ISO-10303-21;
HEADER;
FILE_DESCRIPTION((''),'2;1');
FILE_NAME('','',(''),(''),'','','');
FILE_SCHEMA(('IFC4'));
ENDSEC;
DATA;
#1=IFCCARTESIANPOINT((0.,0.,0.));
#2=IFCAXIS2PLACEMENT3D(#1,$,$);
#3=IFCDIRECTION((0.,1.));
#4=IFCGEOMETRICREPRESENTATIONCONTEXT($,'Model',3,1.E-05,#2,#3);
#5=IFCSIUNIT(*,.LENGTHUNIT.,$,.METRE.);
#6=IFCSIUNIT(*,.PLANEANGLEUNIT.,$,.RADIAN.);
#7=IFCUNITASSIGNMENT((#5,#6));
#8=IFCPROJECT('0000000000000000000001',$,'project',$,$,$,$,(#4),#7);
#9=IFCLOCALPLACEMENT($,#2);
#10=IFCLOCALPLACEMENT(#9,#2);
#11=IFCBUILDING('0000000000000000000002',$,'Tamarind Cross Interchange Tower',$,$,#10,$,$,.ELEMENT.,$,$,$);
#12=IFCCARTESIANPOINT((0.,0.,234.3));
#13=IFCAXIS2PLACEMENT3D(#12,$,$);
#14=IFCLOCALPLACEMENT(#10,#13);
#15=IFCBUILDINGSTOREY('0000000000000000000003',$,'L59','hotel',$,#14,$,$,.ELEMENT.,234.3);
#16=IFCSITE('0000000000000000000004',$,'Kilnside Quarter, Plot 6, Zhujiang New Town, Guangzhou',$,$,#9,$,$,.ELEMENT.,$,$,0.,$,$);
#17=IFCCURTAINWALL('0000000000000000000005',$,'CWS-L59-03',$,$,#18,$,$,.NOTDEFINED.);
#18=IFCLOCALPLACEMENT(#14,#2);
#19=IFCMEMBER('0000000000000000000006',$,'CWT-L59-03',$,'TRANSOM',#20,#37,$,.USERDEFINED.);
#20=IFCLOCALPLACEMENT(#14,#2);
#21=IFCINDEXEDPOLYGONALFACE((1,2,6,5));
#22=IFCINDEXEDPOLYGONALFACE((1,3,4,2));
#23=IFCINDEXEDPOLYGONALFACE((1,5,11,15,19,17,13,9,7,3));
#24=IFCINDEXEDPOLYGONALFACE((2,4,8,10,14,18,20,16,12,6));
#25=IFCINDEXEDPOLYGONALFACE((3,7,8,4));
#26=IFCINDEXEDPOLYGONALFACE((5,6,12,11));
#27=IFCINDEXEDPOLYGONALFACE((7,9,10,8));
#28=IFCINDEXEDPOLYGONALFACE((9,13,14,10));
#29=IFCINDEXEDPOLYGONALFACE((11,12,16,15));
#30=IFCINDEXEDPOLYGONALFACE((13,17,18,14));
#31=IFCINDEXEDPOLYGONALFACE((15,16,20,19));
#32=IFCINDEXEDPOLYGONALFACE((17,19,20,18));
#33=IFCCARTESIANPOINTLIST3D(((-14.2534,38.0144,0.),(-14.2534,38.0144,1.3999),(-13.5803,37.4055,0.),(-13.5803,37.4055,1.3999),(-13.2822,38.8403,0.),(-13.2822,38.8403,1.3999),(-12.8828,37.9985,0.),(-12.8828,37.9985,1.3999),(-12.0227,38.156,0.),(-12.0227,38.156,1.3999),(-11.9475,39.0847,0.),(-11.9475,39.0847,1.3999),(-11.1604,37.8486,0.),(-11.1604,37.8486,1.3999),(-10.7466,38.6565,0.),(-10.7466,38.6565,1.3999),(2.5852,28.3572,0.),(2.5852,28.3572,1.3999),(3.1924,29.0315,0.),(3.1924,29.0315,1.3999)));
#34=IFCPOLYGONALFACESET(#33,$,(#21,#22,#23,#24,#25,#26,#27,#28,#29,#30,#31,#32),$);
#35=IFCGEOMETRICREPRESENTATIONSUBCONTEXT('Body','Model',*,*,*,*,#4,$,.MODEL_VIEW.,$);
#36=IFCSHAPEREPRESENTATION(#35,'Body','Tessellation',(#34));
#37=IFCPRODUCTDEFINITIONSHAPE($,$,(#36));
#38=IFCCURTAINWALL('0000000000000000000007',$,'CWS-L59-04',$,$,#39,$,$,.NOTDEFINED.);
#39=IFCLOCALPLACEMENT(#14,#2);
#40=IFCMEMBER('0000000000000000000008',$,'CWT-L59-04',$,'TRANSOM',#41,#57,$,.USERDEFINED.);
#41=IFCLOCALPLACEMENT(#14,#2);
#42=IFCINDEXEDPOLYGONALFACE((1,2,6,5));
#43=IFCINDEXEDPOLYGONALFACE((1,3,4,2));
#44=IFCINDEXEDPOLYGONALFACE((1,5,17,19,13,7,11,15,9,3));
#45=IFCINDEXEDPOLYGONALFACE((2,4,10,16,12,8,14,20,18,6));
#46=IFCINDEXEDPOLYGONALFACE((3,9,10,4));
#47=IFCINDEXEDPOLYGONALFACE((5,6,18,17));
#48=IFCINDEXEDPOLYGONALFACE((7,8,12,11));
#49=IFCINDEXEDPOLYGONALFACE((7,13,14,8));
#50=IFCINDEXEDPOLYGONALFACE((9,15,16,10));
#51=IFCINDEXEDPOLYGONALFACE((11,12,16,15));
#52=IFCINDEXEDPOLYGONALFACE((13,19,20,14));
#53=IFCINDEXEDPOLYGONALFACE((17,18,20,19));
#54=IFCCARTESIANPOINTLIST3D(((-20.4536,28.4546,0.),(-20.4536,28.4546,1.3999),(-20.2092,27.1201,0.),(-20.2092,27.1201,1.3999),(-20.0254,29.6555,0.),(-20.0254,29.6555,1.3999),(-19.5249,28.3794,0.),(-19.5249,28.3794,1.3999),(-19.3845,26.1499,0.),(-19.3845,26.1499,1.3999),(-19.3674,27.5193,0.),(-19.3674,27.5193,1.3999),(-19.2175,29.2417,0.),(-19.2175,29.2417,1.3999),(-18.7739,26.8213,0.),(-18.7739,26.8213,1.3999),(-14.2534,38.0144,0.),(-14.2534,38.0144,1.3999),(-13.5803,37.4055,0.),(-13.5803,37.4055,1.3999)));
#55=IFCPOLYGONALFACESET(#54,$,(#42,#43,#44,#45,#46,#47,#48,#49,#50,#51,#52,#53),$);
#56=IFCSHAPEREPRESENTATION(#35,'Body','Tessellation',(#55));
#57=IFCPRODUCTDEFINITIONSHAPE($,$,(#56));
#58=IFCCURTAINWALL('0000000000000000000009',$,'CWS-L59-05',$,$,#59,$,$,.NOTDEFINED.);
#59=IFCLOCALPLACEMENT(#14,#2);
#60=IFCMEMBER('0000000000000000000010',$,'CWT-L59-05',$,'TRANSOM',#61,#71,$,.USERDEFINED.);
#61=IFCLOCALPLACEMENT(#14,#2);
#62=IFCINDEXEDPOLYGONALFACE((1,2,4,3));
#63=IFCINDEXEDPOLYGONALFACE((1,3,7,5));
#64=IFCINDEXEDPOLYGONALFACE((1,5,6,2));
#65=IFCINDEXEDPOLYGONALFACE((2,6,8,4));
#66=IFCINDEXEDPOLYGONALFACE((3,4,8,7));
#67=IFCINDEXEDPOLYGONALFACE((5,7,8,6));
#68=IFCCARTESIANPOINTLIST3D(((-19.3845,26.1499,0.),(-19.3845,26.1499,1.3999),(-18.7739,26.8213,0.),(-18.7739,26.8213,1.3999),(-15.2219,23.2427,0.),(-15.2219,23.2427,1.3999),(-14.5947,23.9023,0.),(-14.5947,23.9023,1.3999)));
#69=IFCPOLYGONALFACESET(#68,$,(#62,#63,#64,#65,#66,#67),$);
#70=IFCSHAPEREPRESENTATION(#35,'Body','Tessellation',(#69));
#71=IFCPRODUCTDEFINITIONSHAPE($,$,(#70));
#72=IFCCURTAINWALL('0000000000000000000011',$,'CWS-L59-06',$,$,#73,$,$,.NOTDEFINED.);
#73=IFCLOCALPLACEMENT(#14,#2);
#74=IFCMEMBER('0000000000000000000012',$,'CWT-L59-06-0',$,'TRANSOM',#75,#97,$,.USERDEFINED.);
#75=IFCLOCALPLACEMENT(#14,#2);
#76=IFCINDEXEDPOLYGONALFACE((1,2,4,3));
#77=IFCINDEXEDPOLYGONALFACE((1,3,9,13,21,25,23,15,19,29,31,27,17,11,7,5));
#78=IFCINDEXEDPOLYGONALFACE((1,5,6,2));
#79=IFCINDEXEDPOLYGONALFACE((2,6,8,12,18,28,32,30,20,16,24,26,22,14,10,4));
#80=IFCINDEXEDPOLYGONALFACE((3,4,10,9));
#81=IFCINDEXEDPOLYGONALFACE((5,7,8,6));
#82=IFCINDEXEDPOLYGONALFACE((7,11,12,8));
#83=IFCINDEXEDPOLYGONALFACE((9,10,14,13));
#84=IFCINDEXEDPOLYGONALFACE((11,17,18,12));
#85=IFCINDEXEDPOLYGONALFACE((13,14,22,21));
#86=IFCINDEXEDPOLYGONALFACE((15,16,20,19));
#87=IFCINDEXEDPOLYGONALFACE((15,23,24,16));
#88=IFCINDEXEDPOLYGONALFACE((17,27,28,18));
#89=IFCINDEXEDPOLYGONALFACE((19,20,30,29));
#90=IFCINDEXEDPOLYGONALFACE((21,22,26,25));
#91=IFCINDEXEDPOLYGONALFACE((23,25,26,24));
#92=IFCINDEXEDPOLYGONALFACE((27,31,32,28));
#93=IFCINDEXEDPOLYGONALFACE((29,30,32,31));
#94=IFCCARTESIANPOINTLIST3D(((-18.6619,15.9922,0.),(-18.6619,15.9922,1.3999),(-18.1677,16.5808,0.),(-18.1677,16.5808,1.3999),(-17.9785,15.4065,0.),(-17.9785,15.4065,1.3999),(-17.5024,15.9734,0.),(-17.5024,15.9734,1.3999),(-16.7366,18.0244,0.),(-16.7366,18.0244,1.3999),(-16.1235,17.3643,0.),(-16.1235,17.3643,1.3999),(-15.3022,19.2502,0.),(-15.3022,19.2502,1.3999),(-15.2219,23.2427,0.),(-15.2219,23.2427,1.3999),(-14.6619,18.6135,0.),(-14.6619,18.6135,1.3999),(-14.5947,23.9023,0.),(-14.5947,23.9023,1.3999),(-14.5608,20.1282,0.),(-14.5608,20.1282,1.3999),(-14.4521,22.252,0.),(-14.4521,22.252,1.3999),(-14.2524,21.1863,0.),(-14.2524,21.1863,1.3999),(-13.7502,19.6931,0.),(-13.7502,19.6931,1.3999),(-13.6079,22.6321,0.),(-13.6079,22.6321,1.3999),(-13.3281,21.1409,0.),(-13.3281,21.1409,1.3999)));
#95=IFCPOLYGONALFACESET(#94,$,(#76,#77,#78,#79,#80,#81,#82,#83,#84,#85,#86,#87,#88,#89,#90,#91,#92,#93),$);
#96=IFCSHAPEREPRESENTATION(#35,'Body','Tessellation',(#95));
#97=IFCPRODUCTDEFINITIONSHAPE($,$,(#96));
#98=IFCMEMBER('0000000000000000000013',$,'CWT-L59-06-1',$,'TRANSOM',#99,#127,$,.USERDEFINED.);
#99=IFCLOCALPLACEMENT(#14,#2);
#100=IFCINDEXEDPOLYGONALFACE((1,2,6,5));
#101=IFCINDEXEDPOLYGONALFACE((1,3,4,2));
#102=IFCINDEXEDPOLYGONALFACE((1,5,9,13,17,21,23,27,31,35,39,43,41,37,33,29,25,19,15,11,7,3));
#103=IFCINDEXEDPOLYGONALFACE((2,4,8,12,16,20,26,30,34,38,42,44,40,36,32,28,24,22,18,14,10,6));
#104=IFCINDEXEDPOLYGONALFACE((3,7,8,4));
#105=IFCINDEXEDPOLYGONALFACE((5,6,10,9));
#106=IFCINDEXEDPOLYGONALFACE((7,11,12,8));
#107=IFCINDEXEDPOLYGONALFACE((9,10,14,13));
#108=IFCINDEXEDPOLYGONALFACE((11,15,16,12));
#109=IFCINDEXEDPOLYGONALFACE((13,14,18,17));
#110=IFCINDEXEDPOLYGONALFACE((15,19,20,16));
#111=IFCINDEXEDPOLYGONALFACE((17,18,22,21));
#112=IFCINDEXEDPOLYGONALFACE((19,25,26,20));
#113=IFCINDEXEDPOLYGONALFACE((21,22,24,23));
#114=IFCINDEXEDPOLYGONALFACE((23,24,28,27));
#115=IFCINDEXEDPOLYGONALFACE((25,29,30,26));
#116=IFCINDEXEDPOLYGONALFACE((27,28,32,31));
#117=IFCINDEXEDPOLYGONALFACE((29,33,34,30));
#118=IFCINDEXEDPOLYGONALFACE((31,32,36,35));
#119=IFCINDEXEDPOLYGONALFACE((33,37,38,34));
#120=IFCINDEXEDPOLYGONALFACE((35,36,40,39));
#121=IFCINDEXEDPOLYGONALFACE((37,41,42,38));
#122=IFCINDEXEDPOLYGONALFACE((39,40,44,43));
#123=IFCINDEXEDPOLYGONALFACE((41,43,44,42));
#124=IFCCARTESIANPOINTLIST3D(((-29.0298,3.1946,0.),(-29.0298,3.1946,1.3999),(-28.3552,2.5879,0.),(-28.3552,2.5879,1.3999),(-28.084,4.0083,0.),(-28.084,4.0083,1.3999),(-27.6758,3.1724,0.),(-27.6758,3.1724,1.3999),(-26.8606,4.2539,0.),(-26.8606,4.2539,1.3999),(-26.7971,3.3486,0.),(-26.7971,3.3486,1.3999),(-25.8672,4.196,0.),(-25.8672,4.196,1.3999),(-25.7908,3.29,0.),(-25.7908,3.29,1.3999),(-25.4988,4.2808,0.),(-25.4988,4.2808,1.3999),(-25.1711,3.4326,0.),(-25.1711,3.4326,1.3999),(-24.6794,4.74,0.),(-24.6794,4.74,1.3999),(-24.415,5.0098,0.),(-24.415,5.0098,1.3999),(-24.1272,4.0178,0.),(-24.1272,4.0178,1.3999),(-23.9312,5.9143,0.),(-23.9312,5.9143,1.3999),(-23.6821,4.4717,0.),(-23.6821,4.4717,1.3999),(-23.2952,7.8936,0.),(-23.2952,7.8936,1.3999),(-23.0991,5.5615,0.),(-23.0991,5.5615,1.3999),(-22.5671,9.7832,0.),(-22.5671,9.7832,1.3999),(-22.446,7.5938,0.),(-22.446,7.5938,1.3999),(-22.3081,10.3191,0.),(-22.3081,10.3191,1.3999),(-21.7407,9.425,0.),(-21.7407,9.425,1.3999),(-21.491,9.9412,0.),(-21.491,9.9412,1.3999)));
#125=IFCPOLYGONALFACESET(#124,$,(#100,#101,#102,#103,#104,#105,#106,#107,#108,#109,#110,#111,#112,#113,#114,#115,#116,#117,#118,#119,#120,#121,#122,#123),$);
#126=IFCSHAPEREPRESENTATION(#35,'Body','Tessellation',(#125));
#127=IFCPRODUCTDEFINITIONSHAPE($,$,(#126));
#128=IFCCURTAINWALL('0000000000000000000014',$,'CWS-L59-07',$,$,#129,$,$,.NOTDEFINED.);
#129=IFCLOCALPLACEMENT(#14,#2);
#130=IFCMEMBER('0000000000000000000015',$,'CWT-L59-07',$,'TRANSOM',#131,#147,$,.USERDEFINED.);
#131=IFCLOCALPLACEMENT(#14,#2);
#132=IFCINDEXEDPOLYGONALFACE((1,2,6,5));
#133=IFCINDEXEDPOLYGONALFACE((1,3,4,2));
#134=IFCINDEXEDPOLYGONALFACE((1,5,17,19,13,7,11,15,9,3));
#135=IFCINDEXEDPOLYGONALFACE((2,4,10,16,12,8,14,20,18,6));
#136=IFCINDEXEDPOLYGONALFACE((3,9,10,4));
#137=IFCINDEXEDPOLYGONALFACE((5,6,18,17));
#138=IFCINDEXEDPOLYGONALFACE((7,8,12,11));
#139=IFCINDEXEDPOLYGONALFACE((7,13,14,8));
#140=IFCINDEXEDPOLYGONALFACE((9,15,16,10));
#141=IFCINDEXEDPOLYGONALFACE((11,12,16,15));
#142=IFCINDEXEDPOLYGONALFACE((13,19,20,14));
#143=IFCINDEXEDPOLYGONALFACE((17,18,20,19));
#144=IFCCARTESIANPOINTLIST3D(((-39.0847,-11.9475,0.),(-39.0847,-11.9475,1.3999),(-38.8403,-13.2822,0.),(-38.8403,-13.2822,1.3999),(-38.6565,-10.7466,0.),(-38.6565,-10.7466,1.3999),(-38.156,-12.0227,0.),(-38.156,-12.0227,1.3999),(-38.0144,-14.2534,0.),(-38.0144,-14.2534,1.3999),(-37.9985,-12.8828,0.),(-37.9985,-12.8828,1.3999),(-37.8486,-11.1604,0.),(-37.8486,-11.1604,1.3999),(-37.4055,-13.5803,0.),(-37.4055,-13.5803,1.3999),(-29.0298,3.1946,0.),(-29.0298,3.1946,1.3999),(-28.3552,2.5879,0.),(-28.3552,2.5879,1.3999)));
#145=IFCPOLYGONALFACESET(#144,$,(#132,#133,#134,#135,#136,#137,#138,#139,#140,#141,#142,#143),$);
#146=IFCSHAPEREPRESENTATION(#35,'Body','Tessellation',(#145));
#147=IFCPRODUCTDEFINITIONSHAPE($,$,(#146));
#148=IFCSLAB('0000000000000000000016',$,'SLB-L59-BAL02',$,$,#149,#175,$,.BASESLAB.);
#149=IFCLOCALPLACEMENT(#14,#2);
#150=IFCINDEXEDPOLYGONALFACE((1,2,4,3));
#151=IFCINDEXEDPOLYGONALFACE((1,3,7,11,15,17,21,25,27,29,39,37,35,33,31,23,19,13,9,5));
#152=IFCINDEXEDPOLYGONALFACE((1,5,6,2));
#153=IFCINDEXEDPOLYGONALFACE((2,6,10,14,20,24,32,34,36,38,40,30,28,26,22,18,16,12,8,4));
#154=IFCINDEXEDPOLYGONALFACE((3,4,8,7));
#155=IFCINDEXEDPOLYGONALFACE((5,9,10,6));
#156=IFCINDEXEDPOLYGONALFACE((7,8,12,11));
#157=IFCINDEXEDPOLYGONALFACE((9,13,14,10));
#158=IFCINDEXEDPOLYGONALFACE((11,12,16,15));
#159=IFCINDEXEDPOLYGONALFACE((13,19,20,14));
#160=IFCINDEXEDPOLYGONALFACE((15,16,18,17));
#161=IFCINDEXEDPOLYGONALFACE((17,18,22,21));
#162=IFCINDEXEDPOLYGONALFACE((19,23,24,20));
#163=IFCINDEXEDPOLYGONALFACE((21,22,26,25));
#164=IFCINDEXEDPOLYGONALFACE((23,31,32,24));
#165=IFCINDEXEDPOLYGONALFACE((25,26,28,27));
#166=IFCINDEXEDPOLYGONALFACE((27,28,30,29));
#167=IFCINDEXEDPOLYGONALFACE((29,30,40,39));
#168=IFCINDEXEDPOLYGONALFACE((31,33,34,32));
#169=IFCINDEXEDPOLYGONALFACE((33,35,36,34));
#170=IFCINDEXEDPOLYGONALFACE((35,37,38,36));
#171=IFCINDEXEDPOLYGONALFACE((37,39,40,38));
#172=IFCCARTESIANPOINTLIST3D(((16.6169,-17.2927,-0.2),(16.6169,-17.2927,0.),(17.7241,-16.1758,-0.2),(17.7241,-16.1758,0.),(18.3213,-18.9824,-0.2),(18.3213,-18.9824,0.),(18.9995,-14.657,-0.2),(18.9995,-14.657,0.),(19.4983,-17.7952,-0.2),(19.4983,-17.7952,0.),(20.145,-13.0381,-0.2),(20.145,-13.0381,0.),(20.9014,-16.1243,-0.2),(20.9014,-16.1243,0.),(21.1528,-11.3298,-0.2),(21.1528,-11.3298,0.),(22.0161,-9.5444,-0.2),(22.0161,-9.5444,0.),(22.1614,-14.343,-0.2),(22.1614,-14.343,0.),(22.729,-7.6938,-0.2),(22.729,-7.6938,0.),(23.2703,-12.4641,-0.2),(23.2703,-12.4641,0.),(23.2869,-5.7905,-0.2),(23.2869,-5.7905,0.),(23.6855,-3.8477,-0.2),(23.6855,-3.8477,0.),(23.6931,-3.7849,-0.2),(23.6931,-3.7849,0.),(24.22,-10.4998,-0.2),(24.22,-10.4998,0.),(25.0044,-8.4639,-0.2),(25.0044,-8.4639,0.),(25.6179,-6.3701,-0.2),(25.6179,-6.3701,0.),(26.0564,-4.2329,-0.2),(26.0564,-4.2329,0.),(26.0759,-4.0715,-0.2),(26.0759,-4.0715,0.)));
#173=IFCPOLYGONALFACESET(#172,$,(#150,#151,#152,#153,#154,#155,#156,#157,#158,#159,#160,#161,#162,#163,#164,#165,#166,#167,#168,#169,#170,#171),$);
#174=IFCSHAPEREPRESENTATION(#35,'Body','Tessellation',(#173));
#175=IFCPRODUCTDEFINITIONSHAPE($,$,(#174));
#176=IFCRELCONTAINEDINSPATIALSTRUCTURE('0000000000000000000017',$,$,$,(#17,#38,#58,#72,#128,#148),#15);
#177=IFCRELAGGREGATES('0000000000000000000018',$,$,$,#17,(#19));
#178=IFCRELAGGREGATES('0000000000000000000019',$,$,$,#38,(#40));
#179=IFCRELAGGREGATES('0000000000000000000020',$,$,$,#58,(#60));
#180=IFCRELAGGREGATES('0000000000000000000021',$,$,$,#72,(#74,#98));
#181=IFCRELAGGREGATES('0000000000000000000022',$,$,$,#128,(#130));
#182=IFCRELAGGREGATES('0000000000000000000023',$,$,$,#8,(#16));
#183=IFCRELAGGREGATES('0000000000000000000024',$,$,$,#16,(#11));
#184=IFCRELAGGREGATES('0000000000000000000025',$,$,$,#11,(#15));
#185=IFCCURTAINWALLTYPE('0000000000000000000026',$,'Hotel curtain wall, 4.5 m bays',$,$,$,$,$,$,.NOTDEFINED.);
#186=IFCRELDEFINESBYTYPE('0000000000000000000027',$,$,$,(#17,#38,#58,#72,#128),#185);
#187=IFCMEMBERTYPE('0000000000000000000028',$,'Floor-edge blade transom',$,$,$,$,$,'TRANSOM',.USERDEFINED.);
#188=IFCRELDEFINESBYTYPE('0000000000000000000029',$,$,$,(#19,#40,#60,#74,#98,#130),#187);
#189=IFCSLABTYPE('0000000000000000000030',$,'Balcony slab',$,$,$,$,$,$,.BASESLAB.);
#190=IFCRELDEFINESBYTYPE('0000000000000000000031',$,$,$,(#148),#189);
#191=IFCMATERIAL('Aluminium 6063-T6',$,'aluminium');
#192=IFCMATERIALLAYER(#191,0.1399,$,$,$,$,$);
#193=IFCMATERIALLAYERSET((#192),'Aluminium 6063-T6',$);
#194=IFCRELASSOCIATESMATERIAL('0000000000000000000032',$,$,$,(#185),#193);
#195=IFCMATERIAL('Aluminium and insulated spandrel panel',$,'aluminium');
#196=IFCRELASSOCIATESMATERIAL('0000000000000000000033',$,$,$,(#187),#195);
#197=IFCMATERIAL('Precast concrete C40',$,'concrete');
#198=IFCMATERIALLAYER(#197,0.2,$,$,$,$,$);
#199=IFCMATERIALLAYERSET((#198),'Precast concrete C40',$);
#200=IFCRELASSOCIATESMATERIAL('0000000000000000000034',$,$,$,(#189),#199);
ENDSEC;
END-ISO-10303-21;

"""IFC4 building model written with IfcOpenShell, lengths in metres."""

from ifc_helpers import new_model, si_unit, direction, frame, origin, place, context, subcontext, project, spatial, polyline, outline, extrude, material, layer, layer_set, type_object, element, aggregate, save


model = new_model("IFC4")

# Units and contexts
model_context = context("Model", 3, precision=1e-05, world=origin(), true_north=direction((0.0, 1.0)))
body_context = subcontext(model_context, "Body", "Model", "MODEL_VIEW")
ifc_project = project(units=[si_unit("LENGTHUNIT", "METRE"), si_unit("PLANEANGLEUNIT", "RADIAN")], contexts=[model_context])

# Site, building, storey
site_placement = place(None, origin())
site = spatial("IfcSite", under=ifc_project, at=site_placement, Name="Kilnside Quarter, Plot 6, Zhujiang New Town, Guangzhou", CompositionType="ELEMENT", RefElevation=0.0)
building_placement = place(site_placement, origin())
building = spatial("IfcBuilding", under=site, at=building_placement, Name="Tamarind Cross Interchange Tower", CompositionType="ELEMENT")
storey_placement = place(building_placement, frame((0.0, 0.0, 234.3)))
storey = spatial("IfcBuildingStorey", under=building, at=storey_placement, Name="L59", Description="hotel", CompositionType="ELEMENT", Elevation=234.3)

# Curtain walls, members
ifc_material_1 = material(Name="Aluminium 6063-T6", Category="aluminium")
ifc_layer_1 = layer(ifc_material_1, 0.1399)
ifc_layer_set_1 = layer_set([ifc_layer_1], Name="Aluminium 6063-T6")
curtain_wall_type = type_object("IfcCurtainWallType", Name="Hotel curtain wall, 4.5 m bays", PredefinedType="NOTDEFINED", material=ifc_layer_set_1)
curtain_wall_1_placement = place(storey_placement, origin())
curtain_wall_1 = element("IfcCurtainWall", 1, at=curtain_wall_1_placement, inside=storey, type_object=curtain_wall_type, Name="CWS-L59-03", PredefinedType="NOTDEFINED")
ifc_material_2 = material(Name="Aluminium and insulated spandrel panel", Category="aluminium")
member_type = type_object("IfcMemberType", Name="Floor-edge blade transom", ElementType="TRANSOM", PredefinedType="USERDEFINED", material=ifc_material_2)
member_1_placement = place(storey_placement, origin())
member_1 = element("IfcMember", 2, at=member_1_placement, type_object=member_type, Name="CWT-L59-03", ObjectType="TRANSOM", PredefinedType="USERDEFINED", context=body_context, shape_type="SweptSolid", body=[
    extrude(outline(polyline([(2.5852, 28.3572), (-11.1604, 37.8486), (-12.0227, 38.156), (-12.8828, 37.9985), (-13.5803, 37.4055), (-14.2534, 38.0144), (-13.2822, 38.8403), (-11.9475, 39.0847), (-10.7466, 38.6565), (3.1924, 29.0315), (2.5852, 28.3572)])), origin(), (0.0, 0.0, 1.0), 1.3999),
])
aggregate(curtain_wall_1, [member_1])
curtain_wall_2_placement = place(storey_placement, origin())
curtain_wall_2 = element("IfcCurtainWall", 3, at=curtain_wall_2_placement, inside=storey, type_object=curtain_wall_type, Name="CWS-L59-04", PredefinedType="NOTDEFINED")
member_2_placement = place(storey_placement, origin())
member_2 = element("IfcMember", 4, at=member_2_placement, type_object=member_type, Name="CWT-L59-04", ObjectType="TRANSOM", PredefinedType="USERDEFINED", context=body_context, shape_type="SweptSolid", body=[
    extrude(outline(polyline([(-13.5803, 37.4055), (-19.2175, 29.2417), (-19.5249, 28.3794), (-19.3674, 27.5193), (-18.7739, 26.8213), (-19.3845, 26.1499), (-20.2092, 27.1201), (-20.4536, 28.4546), (-20.0254, 29.6555), (-14.2534, 38.0144), (-13.5803, 37.4055)])), origin(), (0.0, 0.0, 1.0), 1.3999),
])
aggregate(curtain_wall_2, [member_2])
curtain_wall_3_placement = place(storey_placement, origin())
curtain_wall_3 = element("IfcCurtainWall", 5, at=curtain_wall_3_placement, inside=storey, type_object=curtain_wall_type, Name="CWS-L59-05", PredefinedType="NOTDEFINED")
member_3_placement = place(storey_placement, origin())
member_3 = element("IfcMember", 6, at=member_3_placement, type_object=member_type, Name="CWT-L59-05", ObjectType="TRANSOM", PredefinedType="USERDEFINED", context=body_context, shape_type="SweptSolid", body=[
    extrude(outline(polyline([(-18.7739, 26.8213), (-14.5947, 23.9023), (-15.2219, 23.2427), (-19.3845, 26.1499), (-18.7739, 26.8213)])), origin(), (0.0, 0.0, 1.0), 1.3999),
])
aggregate(curtain_wall_3, [member_3])

# Curtain wall, members
curtain_wall_4_placement = place(storey_placement, origin())
curtain_wall_4 = element("IfcCurtainWall", 7, at=curtain_wall_4_placement, inside=storey, type_object=curtain_wall_type, Name="CWS-L59-06", PredefinedType="NOTDEFINED")
member_4_placement = place(storey_placement, origin())
member_4 = element("IfcMember", 8, at=member_4_placement, type_object=member_type, Name="CWT-L59-06-0", ObjectType="TRANSOM", PredefinedType="USERDEFINED", context=body_context, shape_type="SweptSolid", body=[
    extrude(outline(polyline([(-14.5947, 23.9023), (-13.6079, 22.6321), (-13.3281, 21.1409), (-13.7502, 19.6931), (-14.6619, 18.6135), (-16.1235, 17.3643), (-17.5024, 15.9734), (-17.9785, 15.4065), (-18.6619, 15.9922), (-18.1677, 16.5808), (-16.7366, 18.0244), (-15.3022, 19.2502), (-14.5608, 20.1282), (-14.2524, 21.1863), (-14.4521, 22.252), (-15.2219, 23.2427), (-14.5947, 23.9023)])), origin(), (0.0, 0.0, 1.0), 1.3999),
])
member_5_placement = place(storey_placement, origin())
member_5 = element("IfcMember", 9, at=member_5_placement, type_object=member_type, Name="CWT-L59-06-1", ObjectType="TRANSOM", PredefinedType="USERDEFINED", context=body_context, shape_type="SweptSolid", body=[
    extrude(outline(polyline([(-21.491, 9.9412), (-21.7407, 9.425), (-22.446, 7.5938), (-23.0991, 5.5615), (-23.6821, 4.4717), (-24.1272, 4.0178), (-25.1711, 3.4326), (-25.7908, 3.29), (-26.7971, 3.3486), (-27.6758, 3.1724), (-28.3552, 2.5879), (-29.0298, 3.1946), (-28.084, 4.0083), (-26.8606, 4.2539), (-25.8672, 4.196), (-25.4988, 4.2808), (-24.6794, 4.74), (-24.415, 5.0098), (-23.9312, 5.9143), (-23.2952, 7.8936), (-22.5671, 9.7832), (-22.3081, 10.3191), (-21.491, 9.9412)])), origin(), (0.0, 0.0, 1.0), 1.3999),
])
aggregate(curtain_wall_4, [member_4, member_5])

# Curtain wall, member
curtain_wall_5_placement = place(storey_placement, origin())
curtain_wall_5 = element("IfcCurtainWall", 10, at=curtain_wall_5_placement, inside=storey, type_object=curtain_wall_type, Name="CWS-L59-07", PredefinedType="NOTDEFINED")
member_6_placement = place(storey_placement, origin())
member_6 = element("IfcMember", 11, at=member_6_placement, type_object=member_type, Name="CWT-L59-07", ObjectType="TRANSOM", PredefinedType="USERDEFINED", context=body_context, shape_type="SweptSolid", body=[
    extrude(outline(polyline([(-28.3552, 2.5879), (-37.8486, -11.1604), (-38.156, -12.0227), (-37.9985, -12.8828), (-37.4055, -13.5803), (-38.0144, -14.2534), (-38.8403, -13.2822), (-39.0847, -11.9475), (-38.6565, -10.7466), (-29.0298, 3.1946), (-28.3552, 2.5879)])), origin(), (0.0, 0.0, 1.0), 1.3999),
])
aggregate(curtain_wall_5, [member_6])

# Slab
ifc_material_3 = material(Name="Precast concrete C40", Category="concrete")
ifc_layer_2 = layer(ifc_material_3, 0.2)
ifc_layer_set_2 = layer_set([ifc_layer_2], Name="Precast concrete C40")
slab_type = type_object("IfcSlabType", Name="Balcony slab", PredefinedType="BASESLAB", material=ifc_layer_set_2)
slab_1_placement = place(storey_placement, frame((0.0, 0.0, -0.2)))
element("IfcSlab", 12, at=slab_1_placement, inside=storey, type_object=slab_type, Name="SLB-L59-BAL02", PredefinedType="BASESLAB", context=body_context, shape_type="SweptSolid", body=[
    extrude(outline(polyline([(16.6169, -17.2927), (17.7241, -16.1758), (18.9995, -14.657), (20.145, -13.0381), (21.1528, -11.3298), (22.0161, -9.5444), (22.729, -7.6938), (23.2869, -5.7905), (23.6855, -3.8477), (23.6931, -3.7849), (26.0759, -4.0715), (26.0564, -4.2329), (25.6179, -6.3701), (25.0044, -8.4639), (24.22, -10.4998), (23.2703, -12.4641), (22.1614, -14.343), (20.9014, -16.1243), (19.4983, -17.7952), (18.3213, -18.9824), (16.6169, -17.2927)])), origin(), (0.0, 0.0, 1.0), 0.2),
])

save(model, "model.ifc")
